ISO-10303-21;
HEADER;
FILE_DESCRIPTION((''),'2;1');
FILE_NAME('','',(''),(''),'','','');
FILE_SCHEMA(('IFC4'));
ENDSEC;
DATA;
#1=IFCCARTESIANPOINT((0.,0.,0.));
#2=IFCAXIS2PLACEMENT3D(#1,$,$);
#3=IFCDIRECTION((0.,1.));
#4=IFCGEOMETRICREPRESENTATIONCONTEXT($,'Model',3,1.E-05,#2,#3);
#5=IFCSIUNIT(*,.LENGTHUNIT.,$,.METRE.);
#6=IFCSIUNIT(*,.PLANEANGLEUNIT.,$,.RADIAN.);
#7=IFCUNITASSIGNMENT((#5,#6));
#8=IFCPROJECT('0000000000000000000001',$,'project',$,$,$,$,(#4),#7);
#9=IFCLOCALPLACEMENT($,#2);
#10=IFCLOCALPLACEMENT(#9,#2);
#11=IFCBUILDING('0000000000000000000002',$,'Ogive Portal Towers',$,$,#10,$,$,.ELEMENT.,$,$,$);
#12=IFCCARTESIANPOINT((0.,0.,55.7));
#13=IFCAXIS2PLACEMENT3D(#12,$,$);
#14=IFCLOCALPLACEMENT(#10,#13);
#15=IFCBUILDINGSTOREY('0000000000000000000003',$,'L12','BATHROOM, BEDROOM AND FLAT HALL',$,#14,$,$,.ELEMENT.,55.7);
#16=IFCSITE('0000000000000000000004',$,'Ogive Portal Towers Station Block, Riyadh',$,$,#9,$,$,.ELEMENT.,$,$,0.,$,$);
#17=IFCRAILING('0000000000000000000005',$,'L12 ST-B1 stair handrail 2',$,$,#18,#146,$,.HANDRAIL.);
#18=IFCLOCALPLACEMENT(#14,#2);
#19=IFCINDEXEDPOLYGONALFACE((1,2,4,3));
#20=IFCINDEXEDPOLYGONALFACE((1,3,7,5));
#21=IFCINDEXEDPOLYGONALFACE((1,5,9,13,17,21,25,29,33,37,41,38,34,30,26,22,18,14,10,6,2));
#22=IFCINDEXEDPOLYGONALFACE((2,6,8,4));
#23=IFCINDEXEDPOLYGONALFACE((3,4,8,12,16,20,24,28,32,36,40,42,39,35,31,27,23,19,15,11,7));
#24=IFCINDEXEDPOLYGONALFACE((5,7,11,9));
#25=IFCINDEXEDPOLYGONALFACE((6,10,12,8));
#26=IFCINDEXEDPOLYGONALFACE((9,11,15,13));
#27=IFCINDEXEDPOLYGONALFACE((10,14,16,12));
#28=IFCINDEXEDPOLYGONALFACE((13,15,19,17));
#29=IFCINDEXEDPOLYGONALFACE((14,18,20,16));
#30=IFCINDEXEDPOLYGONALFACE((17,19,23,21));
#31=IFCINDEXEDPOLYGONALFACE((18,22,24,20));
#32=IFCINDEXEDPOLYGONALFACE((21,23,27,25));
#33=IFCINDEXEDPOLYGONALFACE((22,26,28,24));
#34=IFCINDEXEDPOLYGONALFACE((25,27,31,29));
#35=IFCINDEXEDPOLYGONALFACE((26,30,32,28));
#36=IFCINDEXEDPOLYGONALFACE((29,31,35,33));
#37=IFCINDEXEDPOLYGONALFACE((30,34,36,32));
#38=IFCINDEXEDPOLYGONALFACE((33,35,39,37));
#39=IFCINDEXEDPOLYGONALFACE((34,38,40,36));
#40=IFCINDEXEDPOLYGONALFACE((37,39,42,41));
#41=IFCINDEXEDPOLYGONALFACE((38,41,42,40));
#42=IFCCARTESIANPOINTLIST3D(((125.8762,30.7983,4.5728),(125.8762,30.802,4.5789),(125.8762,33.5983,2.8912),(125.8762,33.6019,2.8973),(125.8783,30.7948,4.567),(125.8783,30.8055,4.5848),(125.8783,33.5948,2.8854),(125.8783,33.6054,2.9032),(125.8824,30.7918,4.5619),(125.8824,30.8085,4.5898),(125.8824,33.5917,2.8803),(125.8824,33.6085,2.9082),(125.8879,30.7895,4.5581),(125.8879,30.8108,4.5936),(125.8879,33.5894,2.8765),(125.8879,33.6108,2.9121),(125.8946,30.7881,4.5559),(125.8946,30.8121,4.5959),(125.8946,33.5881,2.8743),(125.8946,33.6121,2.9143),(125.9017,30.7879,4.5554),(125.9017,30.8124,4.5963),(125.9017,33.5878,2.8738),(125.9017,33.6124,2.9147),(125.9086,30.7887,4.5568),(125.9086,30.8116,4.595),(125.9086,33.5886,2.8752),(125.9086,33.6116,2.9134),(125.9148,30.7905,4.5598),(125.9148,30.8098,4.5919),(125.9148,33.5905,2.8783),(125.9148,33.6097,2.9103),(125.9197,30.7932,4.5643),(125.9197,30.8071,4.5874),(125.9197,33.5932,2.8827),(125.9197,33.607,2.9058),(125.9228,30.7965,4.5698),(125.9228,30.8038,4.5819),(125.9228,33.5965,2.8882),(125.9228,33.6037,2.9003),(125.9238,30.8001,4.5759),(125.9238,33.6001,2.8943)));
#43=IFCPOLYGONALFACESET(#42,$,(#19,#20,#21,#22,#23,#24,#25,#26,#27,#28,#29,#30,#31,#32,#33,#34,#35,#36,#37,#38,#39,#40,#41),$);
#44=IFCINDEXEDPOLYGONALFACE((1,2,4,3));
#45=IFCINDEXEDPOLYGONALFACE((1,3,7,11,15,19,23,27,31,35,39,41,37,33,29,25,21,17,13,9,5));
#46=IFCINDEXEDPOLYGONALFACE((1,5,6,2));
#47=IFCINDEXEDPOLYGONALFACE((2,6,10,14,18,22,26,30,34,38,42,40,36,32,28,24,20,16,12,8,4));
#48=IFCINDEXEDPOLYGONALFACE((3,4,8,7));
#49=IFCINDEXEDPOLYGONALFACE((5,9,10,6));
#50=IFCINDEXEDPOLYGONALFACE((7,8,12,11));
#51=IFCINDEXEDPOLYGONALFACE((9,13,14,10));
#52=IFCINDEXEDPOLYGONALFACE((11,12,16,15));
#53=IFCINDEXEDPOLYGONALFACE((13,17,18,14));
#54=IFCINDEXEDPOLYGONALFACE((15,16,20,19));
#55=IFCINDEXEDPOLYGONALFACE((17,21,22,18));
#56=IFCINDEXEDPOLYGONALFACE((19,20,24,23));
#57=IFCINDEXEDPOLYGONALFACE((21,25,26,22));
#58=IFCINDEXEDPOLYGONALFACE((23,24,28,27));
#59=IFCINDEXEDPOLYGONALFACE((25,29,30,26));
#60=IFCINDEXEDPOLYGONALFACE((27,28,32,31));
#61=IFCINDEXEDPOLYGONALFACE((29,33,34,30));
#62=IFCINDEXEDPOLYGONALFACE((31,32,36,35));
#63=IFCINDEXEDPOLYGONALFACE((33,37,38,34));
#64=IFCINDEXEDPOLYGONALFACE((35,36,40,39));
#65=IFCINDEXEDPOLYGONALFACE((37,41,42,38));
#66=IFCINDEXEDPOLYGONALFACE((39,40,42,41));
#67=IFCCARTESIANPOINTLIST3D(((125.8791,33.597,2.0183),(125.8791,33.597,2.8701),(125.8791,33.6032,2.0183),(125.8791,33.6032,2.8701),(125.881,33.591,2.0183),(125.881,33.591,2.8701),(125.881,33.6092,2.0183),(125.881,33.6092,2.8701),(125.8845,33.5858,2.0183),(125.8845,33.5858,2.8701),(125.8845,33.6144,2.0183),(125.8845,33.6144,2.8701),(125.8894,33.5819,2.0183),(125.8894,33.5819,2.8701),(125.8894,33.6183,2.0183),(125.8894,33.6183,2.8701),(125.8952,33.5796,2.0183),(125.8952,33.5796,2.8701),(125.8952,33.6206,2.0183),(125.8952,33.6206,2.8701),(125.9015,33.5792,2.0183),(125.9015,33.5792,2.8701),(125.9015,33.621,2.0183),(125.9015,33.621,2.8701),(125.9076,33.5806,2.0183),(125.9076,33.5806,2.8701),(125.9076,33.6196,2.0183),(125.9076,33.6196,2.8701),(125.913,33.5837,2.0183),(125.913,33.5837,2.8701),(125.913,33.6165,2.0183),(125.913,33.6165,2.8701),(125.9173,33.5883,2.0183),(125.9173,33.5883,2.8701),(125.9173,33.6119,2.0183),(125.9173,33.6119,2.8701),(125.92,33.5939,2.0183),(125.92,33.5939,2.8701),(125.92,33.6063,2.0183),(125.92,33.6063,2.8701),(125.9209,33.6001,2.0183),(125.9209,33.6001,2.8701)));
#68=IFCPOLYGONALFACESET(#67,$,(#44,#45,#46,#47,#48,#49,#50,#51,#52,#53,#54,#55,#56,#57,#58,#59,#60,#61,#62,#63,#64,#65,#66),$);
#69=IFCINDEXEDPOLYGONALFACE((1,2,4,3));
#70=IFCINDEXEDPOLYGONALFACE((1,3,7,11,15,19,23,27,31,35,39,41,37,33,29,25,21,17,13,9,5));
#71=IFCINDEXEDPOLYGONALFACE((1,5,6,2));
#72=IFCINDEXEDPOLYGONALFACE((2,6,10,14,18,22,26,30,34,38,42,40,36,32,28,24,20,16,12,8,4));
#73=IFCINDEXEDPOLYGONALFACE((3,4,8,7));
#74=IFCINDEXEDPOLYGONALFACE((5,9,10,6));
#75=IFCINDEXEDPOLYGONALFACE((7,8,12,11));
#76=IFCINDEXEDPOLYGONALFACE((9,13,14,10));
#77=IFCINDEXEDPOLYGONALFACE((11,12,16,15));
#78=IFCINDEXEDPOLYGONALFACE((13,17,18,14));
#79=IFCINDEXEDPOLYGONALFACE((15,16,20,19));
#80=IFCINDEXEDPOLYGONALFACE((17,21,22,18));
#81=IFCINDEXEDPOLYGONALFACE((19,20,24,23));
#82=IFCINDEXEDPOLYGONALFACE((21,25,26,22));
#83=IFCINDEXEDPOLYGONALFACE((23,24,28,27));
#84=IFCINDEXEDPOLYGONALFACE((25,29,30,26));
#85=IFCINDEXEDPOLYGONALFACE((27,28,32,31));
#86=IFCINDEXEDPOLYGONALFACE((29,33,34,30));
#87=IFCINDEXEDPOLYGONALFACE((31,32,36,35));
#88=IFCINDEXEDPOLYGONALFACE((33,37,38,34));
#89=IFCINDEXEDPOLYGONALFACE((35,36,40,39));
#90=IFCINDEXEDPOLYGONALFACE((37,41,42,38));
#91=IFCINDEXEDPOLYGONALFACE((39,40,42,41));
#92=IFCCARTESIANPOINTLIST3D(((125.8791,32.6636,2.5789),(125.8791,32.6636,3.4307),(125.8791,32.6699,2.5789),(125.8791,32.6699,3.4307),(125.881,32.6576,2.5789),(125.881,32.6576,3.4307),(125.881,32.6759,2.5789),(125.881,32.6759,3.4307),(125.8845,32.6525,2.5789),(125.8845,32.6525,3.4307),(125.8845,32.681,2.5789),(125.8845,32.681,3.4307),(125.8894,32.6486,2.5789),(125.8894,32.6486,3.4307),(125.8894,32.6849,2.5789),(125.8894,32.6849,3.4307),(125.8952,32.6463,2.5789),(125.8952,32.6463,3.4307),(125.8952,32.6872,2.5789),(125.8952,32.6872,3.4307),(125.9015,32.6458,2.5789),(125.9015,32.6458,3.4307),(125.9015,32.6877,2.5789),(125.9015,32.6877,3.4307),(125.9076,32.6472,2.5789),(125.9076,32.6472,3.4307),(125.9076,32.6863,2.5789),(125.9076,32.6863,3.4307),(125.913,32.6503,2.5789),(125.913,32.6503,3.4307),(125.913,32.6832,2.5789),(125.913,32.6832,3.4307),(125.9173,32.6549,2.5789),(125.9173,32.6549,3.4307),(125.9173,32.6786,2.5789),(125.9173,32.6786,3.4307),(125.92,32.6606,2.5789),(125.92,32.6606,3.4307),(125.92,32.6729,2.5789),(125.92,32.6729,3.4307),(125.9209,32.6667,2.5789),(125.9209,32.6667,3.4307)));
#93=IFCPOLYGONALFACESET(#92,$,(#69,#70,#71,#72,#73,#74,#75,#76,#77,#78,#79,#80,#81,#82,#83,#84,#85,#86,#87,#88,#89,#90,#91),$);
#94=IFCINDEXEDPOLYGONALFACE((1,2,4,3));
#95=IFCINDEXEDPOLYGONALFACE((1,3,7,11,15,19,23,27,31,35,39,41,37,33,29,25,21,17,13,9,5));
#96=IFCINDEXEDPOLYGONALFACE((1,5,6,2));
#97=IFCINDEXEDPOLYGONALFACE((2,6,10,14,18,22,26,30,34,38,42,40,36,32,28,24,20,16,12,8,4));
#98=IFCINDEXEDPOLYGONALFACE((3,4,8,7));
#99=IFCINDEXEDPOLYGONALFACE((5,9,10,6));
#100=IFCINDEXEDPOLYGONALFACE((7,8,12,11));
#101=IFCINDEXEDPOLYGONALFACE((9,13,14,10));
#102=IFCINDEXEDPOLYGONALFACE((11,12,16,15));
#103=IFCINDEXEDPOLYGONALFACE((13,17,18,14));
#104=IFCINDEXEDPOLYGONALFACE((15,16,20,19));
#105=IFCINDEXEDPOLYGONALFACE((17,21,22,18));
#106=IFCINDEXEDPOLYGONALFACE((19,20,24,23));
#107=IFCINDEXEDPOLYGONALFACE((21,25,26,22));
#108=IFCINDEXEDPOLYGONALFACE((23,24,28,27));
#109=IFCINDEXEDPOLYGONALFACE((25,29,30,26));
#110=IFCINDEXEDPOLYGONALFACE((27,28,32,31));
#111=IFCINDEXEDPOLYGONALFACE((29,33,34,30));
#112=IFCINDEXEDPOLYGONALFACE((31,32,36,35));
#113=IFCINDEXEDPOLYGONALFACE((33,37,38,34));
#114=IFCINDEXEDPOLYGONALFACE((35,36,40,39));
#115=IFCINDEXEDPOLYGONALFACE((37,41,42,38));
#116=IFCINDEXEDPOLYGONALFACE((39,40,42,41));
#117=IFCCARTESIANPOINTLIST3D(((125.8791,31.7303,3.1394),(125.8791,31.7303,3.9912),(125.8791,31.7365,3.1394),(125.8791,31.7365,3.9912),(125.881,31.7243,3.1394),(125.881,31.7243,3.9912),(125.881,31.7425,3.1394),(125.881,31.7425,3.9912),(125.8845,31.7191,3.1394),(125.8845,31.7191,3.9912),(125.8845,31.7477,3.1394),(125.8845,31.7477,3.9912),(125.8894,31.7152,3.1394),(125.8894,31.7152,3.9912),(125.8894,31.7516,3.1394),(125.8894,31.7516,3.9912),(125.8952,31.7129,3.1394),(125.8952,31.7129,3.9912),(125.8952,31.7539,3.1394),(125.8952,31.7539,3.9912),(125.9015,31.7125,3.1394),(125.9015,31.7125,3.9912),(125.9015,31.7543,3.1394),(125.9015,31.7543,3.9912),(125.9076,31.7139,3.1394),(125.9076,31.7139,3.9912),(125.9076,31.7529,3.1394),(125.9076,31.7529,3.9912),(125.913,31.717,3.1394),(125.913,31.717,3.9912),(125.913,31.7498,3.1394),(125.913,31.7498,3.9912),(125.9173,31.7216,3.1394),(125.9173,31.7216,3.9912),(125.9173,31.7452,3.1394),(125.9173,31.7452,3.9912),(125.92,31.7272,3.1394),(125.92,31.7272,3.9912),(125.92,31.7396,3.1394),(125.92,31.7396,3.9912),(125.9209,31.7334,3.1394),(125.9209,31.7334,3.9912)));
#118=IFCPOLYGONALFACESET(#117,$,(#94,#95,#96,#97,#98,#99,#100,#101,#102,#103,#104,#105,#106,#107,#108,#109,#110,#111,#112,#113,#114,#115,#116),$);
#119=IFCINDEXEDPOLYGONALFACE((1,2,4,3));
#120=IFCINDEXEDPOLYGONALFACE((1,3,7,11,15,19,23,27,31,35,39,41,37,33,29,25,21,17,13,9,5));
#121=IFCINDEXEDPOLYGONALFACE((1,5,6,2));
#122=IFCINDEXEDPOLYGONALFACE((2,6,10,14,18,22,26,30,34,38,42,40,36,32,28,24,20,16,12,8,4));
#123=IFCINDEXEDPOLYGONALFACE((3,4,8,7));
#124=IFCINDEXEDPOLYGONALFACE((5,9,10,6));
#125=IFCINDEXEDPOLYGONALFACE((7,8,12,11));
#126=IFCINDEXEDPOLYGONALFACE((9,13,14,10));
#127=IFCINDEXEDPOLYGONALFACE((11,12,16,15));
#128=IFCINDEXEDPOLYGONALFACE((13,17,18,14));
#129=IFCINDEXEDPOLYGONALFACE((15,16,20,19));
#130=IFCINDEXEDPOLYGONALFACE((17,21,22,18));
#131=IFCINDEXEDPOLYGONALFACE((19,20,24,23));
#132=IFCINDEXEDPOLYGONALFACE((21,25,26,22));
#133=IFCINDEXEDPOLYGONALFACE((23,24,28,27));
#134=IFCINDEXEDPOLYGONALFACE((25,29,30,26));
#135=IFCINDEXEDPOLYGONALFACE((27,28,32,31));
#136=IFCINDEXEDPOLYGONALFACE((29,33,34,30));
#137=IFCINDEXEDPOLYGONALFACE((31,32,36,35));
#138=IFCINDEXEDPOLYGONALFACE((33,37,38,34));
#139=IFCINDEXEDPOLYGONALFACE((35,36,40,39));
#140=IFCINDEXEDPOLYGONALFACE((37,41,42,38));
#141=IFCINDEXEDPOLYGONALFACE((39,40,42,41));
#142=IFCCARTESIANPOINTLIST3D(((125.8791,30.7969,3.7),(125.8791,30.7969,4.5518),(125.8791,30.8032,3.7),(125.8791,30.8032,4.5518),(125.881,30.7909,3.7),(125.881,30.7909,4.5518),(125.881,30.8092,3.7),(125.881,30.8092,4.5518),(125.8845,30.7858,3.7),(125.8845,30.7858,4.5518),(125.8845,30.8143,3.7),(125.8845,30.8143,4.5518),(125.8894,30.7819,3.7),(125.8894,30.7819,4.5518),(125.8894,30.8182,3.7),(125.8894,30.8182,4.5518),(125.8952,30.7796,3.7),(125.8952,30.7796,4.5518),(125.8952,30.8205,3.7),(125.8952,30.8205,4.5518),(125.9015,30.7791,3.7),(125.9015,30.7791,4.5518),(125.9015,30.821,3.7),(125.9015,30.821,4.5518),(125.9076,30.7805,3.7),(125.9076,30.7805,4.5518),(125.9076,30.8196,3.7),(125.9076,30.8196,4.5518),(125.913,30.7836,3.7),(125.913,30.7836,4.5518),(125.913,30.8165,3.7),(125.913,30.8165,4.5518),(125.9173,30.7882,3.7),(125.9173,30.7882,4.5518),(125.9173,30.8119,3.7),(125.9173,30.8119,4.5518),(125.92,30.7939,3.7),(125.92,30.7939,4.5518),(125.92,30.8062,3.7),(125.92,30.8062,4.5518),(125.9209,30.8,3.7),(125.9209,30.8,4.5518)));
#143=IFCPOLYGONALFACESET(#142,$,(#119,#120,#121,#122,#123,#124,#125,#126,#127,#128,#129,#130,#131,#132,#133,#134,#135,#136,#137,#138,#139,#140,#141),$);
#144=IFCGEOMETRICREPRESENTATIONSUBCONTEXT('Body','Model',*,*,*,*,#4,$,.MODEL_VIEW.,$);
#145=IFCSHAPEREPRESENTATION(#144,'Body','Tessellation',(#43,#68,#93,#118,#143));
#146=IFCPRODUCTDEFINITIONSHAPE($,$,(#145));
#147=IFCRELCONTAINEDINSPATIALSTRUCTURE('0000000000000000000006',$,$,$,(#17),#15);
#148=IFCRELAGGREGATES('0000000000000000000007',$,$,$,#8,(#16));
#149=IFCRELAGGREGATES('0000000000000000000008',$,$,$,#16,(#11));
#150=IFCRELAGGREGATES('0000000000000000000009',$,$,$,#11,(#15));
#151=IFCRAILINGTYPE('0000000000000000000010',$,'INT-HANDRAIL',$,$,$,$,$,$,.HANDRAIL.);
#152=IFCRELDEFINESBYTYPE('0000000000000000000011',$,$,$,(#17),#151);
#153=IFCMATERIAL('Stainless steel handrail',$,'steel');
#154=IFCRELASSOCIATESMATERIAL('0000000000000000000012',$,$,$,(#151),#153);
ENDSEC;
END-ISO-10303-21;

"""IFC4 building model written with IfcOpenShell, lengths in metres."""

from ifc_helpers import new_model, si_unit, direction, frame, origin, origin_2d, place, context, subcontext, project, spatial, circle, extrude, material, type_object, element, save


model = new_model("IFC4")

# Units and contexts
model_context = context("Model", 3, precision=1e-05, world=origin(), true_north=direction((0.0, 1.0)))
body_context = subcontext(model_context, "Body", "Model", "MODEL_VIEW")
ifc_project = project(units=[si_unit("LENGTHUNIT", "METRE"), si_unit("PLANEANGLEUNIT", "RADIAN")], contexts=[model_context])

# Site, building, storey
site_placement = place(None, origin())
site = spatial("IfcSite", under=ifc_project, at=site_placement, Name="Ogive Portal Towers Station Block, Riyadh", CompositionType="ELEMENT", RefElevation=0.0)
building_placement = place(site_placement, origin())
building = spatial("IfcBuilding", under=site, at=building_placement, Name="Ogive Portal Towers", CompositionType="ELEMENT")
storey_placement = place(building_placement, frame((0.0, 0.0, 55.7)))
storey = spatial("IfcBuildingStorey", under=building, at=storey_placement, Name="L12", Description="BATHROOM, BEDROOM AND FLAT HALL", CompositionType="ELEMENT", Elevation=55.7)

# Railing
ifc_material_1 = material(Name="Stainless steel handrail", Category="steel")
railing_type_1 = type_object("IfcRailingType", Name="INT-HANDRAIL", PredefinedType="HANDRAIL", material=ifc_material_1)
railing_1_placement = place(storey_placement, frame((125.8999, 33.6001, 2.0183)))
element("IfcRailing", 1, at=railing_1_placement, inside=storey, type_object=railing_type_1, Name="L12 ST-B1 stair handrail 2", PredefinedType="HANDRAIL", context=body_context, shape_type="SweptSolid", body=[
    extrude(circle(Radius=0.0239, at=origin_2d()), frame((0.0, 0.0, 0.876), z_axis=(0.0, -0.857275, 0.514858), x_axis=(1.0, 0.0, 0.0)), (0.0, 0.0, 1.0), 3.2661),
    extrude(circle(Radius=0.021, at=origin_2d()), origin(), (0.0, 0.0, 1.0), 0.8518),
    extrude(circle(Radius=0.021, at=origin_2d()), frame((0.0, -0.9333, 0.5605)), (0.0, 0.0, 1.0), 0.8518),
    extrude(circle(Radius=0.021, at=origin_2d()), frame((0.0, -1.8667, 1.1211)), (0.0, 0.0, 1.0), 0.8518),
    extrude(circle(Radius=0.021, at=origin_2d()), frame((0.0, -2.8, 1.6816)), (0.0, 0.0, 1.0), 0.8518),
])

save(model, "model.ifc")
